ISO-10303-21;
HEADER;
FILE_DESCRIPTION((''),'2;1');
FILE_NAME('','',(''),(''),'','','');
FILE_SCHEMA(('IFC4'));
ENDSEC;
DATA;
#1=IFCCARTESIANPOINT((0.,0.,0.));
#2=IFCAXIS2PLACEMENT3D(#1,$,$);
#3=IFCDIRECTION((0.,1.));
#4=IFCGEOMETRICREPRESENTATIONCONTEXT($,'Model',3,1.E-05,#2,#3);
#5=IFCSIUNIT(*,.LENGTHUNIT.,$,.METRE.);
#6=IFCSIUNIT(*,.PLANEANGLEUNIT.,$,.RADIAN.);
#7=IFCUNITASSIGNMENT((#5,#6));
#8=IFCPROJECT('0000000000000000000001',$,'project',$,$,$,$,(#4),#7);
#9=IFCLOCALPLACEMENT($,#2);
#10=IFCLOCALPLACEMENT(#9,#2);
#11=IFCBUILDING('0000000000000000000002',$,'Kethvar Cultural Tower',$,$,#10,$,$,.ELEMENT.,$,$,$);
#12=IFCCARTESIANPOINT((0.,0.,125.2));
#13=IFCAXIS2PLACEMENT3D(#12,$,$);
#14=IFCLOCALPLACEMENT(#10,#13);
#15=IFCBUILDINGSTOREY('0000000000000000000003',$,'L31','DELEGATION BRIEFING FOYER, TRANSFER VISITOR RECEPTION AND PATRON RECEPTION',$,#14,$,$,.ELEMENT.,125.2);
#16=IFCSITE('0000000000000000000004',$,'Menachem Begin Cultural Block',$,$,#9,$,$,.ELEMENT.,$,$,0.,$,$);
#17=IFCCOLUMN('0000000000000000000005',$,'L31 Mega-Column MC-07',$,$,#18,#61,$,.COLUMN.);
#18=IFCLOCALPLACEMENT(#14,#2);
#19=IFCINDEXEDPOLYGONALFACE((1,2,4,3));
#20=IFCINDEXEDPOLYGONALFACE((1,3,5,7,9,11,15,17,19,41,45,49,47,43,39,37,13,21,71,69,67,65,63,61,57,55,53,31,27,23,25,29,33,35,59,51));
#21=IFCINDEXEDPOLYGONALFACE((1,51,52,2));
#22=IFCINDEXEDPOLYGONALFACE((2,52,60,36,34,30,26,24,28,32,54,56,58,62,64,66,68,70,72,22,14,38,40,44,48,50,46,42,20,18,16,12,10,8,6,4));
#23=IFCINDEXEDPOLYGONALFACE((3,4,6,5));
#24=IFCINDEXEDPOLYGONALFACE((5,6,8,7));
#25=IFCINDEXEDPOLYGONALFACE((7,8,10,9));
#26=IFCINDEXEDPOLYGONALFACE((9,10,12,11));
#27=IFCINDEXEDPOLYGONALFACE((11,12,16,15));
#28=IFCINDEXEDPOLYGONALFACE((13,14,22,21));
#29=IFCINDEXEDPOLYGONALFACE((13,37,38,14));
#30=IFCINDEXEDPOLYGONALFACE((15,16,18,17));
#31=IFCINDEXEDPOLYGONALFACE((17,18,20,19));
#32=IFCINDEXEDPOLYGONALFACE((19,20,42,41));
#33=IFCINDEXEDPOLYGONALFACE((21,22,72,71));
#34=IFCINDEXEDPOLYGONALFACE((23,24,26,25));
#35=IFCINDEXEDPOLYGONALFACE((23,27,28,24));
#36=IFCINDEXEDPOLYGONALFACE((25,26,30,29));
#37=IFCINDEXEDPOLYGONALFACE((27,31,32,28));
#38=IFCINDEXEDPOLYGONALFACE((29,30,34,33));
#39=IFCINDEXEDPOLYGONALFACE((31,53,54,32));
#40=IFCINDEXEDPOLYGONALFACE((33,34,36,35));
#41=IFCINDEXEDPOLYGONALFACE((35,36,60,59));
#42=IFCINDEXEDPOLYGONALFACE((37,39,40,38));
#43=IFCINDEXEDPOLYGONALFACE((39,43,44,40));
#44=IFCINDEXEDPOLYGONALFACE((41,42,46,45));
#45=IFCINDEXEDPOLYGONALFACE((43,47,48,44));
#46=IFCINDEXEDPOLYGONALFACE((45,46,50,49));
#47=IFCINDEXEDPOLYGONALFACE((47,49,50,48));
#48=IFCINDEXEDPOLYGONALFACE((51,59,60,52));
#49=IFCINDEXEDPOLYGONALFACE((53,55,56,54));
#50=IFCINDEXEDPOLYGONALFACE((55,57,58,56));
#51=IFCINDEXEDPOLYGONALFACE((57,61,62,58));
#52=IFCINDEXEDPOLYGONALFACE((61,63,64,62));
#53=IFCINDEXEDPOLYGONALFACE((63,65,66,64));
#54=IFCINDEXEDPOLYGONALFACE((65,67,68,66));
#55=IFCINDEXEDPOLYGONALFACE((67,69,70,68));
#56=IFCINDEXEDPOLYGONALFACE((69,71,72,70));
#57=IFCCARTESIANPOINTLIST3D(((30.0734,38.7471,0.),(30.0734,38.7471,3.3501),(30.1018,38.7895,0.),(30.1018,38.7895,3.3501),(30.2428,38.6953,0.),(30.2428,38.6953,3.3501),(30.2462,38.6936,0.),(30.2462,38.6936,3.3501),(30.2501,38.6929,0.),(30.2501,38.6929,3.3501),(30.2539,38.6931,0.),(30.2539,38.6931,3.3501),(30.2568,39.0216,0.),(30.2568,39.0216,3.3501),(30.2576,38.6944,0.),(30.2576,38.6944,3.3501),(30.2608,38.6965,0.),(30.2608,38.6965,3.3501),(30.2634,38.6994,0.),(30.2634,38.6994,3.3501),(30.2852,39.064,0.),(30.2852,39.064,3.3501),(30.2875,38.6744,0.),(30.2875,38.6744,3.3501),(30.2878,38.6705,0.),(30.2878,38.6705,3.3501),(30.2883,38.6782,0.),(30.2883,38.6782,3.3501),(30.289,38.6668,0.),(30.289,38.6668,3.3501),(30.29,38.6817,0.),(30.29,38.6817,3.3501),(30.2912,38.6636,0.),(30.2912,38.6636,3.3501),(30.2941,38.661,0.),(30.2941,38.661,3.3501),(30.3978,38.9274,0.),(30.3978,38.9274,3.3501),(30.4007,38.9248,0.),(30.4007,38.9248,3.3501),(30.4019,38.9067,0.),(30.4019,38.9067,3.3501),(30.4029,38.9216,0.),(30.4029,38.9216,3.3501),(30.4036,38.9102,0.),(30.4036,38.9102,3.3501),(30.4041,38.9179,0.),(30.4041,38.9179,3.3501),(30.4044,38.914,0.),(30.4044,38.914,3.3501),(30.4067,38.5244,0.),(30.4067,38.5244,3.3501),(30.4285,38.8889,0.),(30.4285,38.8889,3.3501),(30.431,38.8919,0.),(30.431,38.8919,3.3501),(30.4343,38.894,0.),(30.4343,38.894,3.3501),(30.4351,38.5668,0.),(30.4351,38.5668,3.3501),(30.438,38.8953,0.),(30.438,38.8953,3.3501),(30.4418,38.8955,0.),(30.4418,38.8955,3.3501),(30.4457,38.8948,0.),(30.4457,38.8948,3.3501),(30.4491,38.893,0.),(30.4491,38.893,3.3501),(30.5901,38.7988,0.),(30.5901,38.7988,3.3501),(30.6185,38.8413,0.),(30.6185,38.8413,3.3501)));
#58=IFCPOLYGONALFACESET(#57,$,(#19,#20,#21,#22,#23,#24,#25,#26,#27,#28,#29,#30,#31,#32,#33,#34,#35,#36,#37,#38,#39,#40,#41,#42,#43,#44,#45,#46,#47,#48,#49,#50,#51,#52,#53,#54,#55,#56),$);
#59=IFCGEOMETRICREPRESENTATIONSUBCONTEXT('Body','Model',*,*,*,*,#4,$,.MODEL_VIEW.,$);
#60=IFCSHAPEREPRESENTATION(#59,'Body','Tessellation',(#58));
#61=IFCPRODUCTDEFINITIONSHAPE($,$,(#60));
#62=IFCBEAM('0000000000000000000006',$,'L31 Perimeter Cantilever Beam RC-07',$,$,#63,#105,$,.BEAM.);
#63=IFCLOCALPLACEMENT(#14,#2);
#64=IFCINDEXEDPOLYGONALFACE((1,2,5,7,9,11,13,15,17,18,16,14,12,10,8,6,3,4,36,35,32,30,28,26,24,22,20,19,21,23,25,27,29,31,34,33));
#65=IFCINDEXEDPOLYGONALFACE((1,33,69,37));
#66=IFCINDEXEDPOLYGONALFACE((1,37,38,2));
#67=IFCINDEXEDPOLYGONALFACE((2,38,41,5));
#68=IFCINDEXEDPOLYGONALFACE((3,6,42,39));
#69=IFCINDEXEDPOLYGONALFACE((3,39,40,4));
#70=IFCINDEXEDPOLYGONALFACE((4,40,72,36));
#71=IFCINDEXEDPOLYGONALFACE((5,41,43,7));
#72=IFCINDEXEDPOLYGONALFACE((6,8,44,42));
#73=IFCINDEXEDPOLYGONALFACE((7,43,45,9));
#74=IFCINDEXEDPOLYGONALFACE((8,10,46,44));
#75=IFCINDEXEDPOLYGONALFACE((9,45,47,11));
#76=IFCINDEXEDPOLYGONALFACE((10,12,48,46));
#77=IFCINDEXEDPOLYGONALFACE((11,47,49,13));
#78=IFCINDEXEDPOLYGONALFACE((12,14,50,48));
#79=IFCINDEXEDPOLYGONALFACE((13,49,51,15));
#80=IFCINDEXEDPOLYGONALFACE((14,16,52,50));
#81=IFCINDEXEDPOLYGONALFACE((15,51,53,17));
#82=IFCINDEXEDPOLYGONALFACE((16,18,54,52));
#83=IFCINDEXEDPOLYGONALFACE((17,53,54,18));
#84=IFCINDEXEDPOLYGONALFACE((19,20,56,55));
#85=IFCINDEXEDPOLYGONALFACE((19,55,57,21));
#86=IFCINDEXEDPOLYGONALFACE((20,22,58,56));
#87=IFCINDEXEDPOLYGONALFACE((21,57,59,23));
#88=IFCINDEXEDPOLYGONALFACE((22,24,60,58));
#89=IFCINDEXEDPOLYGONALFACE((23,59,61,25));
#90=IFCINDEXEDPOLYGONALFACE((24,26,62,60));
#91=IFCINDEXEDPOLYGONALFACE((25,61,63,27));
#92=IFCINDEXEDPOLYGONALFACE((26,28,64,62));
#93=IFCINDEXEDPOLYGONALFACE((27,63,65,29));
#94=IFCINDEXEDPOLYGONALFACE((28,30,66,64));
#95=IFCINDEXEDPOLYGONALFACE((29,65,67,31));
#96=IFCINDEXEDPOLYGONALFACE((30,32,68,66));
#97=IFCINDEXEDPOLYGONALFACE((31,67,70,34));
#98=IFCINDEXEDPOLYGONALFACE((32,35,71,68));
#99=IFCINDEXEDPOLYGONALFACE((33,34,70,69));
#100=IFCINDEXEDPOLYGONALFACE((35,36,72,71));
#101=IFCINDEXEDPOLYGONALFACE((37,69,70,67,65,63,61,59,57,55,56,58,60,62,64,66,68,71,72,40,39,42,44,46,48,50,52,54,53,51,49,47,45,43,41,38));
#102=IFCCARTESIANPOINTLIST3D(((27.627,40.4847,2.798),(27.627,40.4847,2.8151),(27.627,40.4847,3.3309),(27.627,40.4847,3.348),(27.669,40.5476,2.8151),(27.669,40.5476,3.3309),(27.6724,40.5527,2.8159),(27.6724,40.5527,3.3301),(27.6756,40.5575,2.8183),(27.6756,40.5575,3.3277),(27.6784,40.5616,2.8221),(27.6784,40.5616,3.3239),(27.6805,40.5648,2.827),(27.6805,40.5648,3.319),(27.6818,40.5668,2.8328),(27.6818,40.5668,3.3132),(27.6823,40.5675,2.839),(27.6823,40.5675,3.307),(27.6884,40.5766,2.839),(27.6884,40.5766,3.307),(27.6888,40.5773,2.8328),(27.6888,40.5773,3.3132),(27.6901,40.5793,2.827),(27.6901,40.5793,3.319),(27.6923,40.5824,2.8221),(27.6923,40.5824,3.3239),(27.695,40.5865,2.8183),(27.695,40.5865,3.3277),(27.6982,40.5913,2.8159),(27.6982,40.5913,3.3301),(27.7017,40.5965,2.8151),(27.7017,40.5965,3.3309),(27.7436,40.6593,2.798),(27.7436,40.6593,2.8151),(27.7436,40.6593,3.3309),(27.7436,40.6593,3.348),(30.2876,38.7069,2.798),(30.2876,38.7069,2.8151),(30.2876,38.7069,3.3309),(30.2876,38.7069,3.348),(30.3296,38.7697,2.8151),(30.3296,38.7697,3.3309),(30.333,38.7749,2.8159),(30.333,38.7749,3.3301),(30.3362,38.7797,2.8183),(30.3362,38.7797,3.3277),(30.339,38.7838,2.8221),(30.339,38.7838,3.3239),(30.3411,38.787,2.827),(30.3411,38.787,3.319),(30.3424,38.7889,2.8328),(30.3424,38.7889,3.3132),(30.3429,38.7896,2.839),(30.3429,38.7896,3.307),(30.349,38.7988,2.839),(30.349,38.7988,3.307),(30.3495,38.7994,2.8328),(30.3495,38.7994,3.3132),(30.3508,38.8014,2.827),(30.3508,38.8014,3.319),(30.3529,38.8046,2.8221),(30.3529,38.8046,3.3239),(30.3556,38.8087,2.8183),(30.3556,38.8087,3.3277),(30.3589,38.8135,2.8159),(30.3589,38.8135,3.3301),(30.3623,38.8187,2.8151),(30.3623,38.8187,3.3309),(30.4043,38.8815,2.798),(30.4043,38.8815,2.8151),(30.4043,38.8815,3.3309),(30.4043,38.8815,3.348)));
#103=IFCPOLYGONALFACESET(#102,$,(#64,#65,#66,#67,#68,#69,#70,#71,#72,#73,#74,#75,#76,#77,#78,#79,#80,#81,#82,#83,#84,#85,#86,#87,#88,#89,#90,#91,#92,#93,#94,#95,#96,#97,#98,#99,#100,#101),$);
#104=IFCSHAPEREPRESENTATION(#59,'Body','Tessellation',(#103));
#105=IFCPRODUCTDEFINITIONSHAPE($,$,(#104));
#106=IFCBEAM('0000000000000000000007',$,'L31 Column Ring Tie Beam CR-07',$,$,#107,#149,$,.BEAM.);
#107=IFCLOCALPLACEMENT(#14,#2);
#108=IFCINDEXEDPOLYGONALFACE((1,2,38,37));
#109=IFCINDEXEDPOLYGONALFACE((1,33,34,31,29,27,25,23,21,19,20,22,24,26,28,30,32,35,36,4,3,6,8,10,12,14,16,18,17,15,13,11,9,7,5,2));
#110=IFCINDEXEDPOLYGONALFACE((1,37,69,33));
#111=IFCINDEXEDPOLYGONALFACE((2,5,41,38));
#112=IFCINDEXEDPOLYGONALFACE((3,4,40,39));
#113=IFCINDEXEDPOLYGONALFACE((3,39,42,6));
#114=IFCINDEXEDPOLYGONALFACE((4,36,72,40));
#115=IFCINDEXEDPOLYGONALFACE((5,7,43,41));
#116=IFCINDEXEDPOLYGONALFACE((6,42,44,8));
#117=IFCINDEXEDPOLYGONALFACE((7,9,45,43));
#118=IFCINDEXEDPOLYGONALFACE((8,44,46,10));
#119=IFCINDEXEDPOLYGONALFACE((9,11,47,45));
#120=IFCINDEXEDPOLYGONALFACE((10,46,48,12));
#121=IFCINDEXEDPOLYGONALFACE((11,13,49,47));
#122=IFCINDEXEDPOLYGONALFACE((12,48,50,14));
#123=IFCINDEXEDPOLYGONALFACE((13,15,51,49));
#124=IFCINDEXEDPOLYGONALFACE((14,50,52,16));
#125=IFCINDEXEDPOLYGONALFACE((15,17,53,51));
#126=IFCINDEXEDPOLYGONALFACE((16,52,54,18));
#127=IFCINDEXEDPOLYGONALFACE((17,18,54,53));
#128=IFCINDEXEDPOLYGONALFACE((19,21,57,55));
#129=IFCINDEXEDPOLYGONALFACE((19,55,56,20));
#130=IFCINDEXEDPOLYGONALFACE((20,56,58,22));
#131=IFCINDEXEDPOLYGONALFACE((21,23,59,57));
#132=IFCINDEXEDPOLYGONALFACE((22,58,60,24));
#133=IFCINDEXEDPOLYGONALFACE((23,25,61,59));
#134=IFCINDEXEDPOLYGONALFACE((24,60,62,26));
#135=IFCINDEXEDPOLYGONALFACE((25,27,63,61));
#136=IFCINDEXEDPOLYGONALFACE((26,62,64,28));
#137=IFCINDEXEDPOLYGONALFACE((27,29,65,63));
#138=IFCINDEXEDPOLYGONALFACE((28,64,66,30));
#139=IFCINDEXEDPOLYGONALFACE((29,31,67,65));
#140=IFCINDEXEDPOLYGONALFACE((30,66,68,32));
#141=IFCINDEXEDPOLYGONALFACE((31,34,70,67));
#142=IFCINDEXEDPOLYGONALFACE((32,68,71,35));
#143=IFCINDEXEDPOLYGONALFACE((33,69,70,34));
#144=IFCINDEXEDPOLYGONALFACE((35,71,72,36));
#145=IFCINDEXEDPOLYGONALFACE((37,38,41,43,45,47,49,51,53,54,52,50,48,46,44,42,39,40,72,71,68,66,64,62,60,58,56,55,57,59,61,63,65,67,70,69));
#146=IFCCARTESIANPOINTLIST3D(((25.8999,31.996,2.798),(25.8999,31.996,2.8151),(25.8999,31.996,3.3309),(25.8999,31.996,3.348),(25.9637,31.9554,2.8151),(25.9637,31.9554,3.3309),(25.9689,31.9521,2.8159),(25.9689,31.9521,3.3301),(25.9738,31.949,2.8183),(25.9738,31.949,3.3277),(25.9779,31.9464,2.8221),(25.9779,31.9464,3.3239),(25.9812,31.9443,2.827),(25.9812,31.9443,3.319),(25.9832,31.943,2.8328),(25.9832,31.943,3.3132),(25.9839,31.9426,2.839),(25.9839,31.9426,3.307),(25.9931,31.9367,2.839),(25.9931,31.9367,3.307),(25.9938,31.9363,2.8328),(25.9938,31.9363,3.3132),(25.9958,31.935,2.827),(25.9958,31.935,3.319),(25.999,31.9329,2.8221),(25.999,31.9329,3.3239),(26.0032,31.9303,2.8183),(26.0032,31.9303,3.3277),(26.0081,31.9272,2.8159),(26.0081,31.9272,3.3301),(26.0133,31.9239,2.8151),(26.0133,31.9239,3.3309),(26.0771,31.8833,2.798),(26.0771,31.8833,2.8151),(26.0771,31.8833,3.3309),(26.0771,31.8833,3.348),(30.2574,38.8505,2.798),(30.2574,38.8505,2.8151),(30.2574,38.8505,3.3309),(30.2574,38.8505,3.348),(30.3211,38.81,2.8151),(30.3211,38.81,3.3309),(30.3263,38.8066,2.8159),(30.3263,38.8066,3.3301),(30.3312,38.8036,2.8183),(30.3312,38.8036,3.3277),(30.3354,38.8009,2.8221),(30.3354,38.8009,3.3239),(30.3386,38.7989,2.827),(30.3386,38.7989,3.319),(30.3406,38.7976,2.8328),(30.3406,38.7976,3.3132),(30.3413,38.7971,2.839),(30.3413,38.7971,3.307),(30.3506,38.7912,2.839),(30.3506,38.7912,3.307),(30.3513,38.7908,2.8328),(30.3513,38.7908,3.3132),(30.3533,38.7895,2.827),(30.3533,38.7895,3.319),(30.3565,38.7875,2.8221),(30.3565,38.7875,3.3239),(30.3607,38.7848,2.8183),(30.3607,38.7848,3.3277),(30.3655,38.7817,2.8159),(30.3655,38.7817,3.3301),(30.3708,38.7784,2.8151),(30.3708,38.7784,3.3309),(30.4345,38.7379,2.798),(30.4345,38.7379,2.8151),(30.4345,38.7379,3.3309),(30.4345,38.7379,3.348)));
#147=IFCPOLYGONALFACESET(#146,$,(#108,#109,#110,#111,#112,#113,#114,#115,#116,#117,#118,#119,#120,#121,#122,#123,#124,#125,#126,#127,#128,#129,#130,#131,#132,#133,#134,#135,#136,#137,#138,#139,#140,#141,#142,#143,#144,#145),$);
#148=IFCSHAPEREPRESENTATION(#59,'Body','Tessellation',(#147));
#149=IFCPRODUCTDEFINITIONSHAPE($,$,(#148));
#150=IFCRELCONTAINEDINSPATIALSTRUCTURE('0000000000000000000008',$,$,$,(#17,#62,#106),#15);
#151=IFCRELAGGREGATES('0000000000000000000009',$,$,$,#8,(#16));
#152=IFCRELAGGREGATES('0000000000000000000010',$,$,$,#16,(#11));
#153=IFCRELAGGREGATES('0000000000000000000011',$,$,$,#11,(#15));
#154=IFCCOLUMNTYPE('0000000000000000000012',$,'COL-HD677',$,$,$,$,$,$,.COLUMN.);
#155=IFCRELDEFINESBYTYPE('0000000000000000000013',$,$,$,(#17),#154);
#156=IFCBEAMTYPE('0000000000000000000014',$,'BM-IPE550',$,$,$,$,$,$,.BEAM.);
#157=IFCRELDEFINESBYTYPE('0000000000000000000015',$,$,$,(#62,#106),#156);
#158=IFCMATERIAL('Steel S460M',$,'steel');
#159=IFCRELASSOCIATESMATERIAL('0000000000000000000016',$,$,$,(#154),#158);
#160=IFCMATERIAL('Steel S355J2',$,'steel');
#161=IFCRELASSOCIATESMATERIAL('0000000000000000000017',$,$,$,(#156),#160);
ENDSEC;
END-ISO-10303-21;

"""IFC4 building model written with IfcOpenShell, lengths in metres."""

from ifc_helpers import new_model, si_unit, direction, frame, origin, origin_2d, place, context, subcontext, project, spatial, i_section, extrude, source, transform, mapped, material, material_profile, profile_set, type_object, element, save


model = new_model("IFC4")

# Units and contexts
model_context = context("Model", 3, precision=1e-05, world=origin(), true_north=direction((0.0, 1.0)))
body_context = subcontext(model_context, "Body", "Model", "MODEL_VIEW")
ifc_project = project(units=[si_unit("LENGTHUNIT", "METRE"), si_unit("PLANEANGLEUNIT", "RADIAN")], contexts=[model_context])

# Site, building, storey
site_placement = place(None, origin())
site = spatial("IfcSite", under=ifc_project, at=site_placement, Name="Menachem Begin Cultural Block", CompositionType="ELEMENT", RefElevation=0.0)
building_placement = place(site_placement, origin())
building = spatial("IfcBuilding", under=site, at=building_placement, Name="Kethvar Cultural Tower", CompositionType="ELEMENT")
storey_placement = place(building_placement, frame((0.0, 0.0, 125.2)))
storey = spatial("IfcBuildingStorey", under=building, at=storey_placement, Name="L31", Description="DELEGATION BRIEFING FOYER, TRANSFER VISITOR RECEPTION AND PATRON RECEPTION", CompositionType="ELEMENT", Elevation=125.2)

# Column
ifc_material_1 = material(Name="Steel S460M", Category="steel")
ifc_material_profile_1 = material_profile(ifc_material_1, i_section(OverallWidth=0.4009, OverallDepth=0.3811, WebThickness=0.032, FlangeThickness=0.051, FilletRadius=0.0149, at=origin_2d()), Name="Steel S460M — HD400x677")
ifc_profile_set_1 = profile_set([ifc_material_profile_1], Name="Steel S460M — HD400x677")
column_type = type_object("IfcColumnType", Name="COL-HD677", PredefinedType="COLUMN", material=ifc_profile_set_1)
shared_shape_1 = source(origin(), body_context, "Body", "SweptSolid", [
    extrude(i_section(OverallWidth=0.4009, OverallDepth=0.3811, WebThickness=0.032, FlangeThickness=0.051, FilletRadius=0.0149, at=origin_2d()), origin(), (0.0, 0.0, 1.0), 3.3501),
])
column_placement = place(storey_placement, frame((30.3459, 38.7942, 0.0), z_axis=(0.0, 0.0, 1.0), x_axis=(-0.83147, 0.55557, 0.0)))
element("IfcColumn", 1, at=column_placement, inside=storey, type_object=column_type, Name="L31 Mega-Column MC-07", PredefinedType="COLUMN", context=body_context, shape_type="MappedRepresentation", body=[
    mapped(shared_shape_1, transform((0.0, 0.0, 0.0), scale=1.0)),
])

# Beams
ifc_material_2 = material(Name="Steel S355J2", Category="steel")
ifc_material_profile_2 = material_profile(ifc_material_2, i_section(OverallWidth=0.21, OverallDepth=0.55, WebThickness=0.011, FlangeThickness=0.0171, FilletRadius=0.0239, at=origin_2d()), Name="Steel S355J2 — IPE550")
ifc_profile_set_2 = profile_set([ifc_material_profile_2], Name="Steel S355J2 — IPE550")
beam_type_1 = type_object("IfcBeamType", Name="BM-IPE550", PredefinedType="BEAM", material=ifc_profile_set_2)
shared_shape_2 = source(origin(), body_context, "Body", "SweptSolid", [
    extrude(i_section(OverallWidth=0.21, OverallDepth=0.55, WebThickness=0.011, FlangeThickness=0.0171, FilletRadius=0.0239, at=origin_2d()), origin(), (0.0, 0.0, 1.0), 3.2),
])
beam_1_placement = place(storey_placement, frame((30.3459, 38.7942, 3.073), z_axis=(-0.831463, 0.55558, 0.0), x_axis=(-0.55558, -0.831463, 0.0)))
element("IfcBeam", 2, at=beam_1_placement, inside=storey, type_object=beam_type_1, Name="L31 Perimeter Cantilever Beam RC-07", PredefinedType="BEAM", context=body_context, shape_type="MappedRepresentation", body=[
    mapped(shared_shape_2, transform((0.0, 0.0, 0.0), scale=1.0)),
])
shared_shape_3 = source(origin(), body_context, "Body", "SweptSolid", [
    extrude(i_section(OverallWidth=0.21, OverallDepth=0.55, WebThickness=0.011, FlangeThickness=0.0171, FilletRadius=0.0239, at=origin_2d()), origin(), (0.0, 0.0, 1.0), 8.1223),
])
beam_2_placement = place(storey_placement, frame((30.3459, 38.7942, 3.073), z_axis=(-0.536479, -0.843914, 0.0), x_axis=(0.843914, -0.536479, 0.0)))
element("IfcBeam", 3, at=beam_2_placement, inside=storey, type_object=beam_type_1, Name="L31 Column Ring Tie Beam CR-07", PredefinedType="BEAM", context=body_context, shape_type="MappedRepresentation", body=[
    mapped(shared_shape_3, transform((0.0, 0.0, 0.0), scale=1.0)),
])

save(model, "model.ifc")
